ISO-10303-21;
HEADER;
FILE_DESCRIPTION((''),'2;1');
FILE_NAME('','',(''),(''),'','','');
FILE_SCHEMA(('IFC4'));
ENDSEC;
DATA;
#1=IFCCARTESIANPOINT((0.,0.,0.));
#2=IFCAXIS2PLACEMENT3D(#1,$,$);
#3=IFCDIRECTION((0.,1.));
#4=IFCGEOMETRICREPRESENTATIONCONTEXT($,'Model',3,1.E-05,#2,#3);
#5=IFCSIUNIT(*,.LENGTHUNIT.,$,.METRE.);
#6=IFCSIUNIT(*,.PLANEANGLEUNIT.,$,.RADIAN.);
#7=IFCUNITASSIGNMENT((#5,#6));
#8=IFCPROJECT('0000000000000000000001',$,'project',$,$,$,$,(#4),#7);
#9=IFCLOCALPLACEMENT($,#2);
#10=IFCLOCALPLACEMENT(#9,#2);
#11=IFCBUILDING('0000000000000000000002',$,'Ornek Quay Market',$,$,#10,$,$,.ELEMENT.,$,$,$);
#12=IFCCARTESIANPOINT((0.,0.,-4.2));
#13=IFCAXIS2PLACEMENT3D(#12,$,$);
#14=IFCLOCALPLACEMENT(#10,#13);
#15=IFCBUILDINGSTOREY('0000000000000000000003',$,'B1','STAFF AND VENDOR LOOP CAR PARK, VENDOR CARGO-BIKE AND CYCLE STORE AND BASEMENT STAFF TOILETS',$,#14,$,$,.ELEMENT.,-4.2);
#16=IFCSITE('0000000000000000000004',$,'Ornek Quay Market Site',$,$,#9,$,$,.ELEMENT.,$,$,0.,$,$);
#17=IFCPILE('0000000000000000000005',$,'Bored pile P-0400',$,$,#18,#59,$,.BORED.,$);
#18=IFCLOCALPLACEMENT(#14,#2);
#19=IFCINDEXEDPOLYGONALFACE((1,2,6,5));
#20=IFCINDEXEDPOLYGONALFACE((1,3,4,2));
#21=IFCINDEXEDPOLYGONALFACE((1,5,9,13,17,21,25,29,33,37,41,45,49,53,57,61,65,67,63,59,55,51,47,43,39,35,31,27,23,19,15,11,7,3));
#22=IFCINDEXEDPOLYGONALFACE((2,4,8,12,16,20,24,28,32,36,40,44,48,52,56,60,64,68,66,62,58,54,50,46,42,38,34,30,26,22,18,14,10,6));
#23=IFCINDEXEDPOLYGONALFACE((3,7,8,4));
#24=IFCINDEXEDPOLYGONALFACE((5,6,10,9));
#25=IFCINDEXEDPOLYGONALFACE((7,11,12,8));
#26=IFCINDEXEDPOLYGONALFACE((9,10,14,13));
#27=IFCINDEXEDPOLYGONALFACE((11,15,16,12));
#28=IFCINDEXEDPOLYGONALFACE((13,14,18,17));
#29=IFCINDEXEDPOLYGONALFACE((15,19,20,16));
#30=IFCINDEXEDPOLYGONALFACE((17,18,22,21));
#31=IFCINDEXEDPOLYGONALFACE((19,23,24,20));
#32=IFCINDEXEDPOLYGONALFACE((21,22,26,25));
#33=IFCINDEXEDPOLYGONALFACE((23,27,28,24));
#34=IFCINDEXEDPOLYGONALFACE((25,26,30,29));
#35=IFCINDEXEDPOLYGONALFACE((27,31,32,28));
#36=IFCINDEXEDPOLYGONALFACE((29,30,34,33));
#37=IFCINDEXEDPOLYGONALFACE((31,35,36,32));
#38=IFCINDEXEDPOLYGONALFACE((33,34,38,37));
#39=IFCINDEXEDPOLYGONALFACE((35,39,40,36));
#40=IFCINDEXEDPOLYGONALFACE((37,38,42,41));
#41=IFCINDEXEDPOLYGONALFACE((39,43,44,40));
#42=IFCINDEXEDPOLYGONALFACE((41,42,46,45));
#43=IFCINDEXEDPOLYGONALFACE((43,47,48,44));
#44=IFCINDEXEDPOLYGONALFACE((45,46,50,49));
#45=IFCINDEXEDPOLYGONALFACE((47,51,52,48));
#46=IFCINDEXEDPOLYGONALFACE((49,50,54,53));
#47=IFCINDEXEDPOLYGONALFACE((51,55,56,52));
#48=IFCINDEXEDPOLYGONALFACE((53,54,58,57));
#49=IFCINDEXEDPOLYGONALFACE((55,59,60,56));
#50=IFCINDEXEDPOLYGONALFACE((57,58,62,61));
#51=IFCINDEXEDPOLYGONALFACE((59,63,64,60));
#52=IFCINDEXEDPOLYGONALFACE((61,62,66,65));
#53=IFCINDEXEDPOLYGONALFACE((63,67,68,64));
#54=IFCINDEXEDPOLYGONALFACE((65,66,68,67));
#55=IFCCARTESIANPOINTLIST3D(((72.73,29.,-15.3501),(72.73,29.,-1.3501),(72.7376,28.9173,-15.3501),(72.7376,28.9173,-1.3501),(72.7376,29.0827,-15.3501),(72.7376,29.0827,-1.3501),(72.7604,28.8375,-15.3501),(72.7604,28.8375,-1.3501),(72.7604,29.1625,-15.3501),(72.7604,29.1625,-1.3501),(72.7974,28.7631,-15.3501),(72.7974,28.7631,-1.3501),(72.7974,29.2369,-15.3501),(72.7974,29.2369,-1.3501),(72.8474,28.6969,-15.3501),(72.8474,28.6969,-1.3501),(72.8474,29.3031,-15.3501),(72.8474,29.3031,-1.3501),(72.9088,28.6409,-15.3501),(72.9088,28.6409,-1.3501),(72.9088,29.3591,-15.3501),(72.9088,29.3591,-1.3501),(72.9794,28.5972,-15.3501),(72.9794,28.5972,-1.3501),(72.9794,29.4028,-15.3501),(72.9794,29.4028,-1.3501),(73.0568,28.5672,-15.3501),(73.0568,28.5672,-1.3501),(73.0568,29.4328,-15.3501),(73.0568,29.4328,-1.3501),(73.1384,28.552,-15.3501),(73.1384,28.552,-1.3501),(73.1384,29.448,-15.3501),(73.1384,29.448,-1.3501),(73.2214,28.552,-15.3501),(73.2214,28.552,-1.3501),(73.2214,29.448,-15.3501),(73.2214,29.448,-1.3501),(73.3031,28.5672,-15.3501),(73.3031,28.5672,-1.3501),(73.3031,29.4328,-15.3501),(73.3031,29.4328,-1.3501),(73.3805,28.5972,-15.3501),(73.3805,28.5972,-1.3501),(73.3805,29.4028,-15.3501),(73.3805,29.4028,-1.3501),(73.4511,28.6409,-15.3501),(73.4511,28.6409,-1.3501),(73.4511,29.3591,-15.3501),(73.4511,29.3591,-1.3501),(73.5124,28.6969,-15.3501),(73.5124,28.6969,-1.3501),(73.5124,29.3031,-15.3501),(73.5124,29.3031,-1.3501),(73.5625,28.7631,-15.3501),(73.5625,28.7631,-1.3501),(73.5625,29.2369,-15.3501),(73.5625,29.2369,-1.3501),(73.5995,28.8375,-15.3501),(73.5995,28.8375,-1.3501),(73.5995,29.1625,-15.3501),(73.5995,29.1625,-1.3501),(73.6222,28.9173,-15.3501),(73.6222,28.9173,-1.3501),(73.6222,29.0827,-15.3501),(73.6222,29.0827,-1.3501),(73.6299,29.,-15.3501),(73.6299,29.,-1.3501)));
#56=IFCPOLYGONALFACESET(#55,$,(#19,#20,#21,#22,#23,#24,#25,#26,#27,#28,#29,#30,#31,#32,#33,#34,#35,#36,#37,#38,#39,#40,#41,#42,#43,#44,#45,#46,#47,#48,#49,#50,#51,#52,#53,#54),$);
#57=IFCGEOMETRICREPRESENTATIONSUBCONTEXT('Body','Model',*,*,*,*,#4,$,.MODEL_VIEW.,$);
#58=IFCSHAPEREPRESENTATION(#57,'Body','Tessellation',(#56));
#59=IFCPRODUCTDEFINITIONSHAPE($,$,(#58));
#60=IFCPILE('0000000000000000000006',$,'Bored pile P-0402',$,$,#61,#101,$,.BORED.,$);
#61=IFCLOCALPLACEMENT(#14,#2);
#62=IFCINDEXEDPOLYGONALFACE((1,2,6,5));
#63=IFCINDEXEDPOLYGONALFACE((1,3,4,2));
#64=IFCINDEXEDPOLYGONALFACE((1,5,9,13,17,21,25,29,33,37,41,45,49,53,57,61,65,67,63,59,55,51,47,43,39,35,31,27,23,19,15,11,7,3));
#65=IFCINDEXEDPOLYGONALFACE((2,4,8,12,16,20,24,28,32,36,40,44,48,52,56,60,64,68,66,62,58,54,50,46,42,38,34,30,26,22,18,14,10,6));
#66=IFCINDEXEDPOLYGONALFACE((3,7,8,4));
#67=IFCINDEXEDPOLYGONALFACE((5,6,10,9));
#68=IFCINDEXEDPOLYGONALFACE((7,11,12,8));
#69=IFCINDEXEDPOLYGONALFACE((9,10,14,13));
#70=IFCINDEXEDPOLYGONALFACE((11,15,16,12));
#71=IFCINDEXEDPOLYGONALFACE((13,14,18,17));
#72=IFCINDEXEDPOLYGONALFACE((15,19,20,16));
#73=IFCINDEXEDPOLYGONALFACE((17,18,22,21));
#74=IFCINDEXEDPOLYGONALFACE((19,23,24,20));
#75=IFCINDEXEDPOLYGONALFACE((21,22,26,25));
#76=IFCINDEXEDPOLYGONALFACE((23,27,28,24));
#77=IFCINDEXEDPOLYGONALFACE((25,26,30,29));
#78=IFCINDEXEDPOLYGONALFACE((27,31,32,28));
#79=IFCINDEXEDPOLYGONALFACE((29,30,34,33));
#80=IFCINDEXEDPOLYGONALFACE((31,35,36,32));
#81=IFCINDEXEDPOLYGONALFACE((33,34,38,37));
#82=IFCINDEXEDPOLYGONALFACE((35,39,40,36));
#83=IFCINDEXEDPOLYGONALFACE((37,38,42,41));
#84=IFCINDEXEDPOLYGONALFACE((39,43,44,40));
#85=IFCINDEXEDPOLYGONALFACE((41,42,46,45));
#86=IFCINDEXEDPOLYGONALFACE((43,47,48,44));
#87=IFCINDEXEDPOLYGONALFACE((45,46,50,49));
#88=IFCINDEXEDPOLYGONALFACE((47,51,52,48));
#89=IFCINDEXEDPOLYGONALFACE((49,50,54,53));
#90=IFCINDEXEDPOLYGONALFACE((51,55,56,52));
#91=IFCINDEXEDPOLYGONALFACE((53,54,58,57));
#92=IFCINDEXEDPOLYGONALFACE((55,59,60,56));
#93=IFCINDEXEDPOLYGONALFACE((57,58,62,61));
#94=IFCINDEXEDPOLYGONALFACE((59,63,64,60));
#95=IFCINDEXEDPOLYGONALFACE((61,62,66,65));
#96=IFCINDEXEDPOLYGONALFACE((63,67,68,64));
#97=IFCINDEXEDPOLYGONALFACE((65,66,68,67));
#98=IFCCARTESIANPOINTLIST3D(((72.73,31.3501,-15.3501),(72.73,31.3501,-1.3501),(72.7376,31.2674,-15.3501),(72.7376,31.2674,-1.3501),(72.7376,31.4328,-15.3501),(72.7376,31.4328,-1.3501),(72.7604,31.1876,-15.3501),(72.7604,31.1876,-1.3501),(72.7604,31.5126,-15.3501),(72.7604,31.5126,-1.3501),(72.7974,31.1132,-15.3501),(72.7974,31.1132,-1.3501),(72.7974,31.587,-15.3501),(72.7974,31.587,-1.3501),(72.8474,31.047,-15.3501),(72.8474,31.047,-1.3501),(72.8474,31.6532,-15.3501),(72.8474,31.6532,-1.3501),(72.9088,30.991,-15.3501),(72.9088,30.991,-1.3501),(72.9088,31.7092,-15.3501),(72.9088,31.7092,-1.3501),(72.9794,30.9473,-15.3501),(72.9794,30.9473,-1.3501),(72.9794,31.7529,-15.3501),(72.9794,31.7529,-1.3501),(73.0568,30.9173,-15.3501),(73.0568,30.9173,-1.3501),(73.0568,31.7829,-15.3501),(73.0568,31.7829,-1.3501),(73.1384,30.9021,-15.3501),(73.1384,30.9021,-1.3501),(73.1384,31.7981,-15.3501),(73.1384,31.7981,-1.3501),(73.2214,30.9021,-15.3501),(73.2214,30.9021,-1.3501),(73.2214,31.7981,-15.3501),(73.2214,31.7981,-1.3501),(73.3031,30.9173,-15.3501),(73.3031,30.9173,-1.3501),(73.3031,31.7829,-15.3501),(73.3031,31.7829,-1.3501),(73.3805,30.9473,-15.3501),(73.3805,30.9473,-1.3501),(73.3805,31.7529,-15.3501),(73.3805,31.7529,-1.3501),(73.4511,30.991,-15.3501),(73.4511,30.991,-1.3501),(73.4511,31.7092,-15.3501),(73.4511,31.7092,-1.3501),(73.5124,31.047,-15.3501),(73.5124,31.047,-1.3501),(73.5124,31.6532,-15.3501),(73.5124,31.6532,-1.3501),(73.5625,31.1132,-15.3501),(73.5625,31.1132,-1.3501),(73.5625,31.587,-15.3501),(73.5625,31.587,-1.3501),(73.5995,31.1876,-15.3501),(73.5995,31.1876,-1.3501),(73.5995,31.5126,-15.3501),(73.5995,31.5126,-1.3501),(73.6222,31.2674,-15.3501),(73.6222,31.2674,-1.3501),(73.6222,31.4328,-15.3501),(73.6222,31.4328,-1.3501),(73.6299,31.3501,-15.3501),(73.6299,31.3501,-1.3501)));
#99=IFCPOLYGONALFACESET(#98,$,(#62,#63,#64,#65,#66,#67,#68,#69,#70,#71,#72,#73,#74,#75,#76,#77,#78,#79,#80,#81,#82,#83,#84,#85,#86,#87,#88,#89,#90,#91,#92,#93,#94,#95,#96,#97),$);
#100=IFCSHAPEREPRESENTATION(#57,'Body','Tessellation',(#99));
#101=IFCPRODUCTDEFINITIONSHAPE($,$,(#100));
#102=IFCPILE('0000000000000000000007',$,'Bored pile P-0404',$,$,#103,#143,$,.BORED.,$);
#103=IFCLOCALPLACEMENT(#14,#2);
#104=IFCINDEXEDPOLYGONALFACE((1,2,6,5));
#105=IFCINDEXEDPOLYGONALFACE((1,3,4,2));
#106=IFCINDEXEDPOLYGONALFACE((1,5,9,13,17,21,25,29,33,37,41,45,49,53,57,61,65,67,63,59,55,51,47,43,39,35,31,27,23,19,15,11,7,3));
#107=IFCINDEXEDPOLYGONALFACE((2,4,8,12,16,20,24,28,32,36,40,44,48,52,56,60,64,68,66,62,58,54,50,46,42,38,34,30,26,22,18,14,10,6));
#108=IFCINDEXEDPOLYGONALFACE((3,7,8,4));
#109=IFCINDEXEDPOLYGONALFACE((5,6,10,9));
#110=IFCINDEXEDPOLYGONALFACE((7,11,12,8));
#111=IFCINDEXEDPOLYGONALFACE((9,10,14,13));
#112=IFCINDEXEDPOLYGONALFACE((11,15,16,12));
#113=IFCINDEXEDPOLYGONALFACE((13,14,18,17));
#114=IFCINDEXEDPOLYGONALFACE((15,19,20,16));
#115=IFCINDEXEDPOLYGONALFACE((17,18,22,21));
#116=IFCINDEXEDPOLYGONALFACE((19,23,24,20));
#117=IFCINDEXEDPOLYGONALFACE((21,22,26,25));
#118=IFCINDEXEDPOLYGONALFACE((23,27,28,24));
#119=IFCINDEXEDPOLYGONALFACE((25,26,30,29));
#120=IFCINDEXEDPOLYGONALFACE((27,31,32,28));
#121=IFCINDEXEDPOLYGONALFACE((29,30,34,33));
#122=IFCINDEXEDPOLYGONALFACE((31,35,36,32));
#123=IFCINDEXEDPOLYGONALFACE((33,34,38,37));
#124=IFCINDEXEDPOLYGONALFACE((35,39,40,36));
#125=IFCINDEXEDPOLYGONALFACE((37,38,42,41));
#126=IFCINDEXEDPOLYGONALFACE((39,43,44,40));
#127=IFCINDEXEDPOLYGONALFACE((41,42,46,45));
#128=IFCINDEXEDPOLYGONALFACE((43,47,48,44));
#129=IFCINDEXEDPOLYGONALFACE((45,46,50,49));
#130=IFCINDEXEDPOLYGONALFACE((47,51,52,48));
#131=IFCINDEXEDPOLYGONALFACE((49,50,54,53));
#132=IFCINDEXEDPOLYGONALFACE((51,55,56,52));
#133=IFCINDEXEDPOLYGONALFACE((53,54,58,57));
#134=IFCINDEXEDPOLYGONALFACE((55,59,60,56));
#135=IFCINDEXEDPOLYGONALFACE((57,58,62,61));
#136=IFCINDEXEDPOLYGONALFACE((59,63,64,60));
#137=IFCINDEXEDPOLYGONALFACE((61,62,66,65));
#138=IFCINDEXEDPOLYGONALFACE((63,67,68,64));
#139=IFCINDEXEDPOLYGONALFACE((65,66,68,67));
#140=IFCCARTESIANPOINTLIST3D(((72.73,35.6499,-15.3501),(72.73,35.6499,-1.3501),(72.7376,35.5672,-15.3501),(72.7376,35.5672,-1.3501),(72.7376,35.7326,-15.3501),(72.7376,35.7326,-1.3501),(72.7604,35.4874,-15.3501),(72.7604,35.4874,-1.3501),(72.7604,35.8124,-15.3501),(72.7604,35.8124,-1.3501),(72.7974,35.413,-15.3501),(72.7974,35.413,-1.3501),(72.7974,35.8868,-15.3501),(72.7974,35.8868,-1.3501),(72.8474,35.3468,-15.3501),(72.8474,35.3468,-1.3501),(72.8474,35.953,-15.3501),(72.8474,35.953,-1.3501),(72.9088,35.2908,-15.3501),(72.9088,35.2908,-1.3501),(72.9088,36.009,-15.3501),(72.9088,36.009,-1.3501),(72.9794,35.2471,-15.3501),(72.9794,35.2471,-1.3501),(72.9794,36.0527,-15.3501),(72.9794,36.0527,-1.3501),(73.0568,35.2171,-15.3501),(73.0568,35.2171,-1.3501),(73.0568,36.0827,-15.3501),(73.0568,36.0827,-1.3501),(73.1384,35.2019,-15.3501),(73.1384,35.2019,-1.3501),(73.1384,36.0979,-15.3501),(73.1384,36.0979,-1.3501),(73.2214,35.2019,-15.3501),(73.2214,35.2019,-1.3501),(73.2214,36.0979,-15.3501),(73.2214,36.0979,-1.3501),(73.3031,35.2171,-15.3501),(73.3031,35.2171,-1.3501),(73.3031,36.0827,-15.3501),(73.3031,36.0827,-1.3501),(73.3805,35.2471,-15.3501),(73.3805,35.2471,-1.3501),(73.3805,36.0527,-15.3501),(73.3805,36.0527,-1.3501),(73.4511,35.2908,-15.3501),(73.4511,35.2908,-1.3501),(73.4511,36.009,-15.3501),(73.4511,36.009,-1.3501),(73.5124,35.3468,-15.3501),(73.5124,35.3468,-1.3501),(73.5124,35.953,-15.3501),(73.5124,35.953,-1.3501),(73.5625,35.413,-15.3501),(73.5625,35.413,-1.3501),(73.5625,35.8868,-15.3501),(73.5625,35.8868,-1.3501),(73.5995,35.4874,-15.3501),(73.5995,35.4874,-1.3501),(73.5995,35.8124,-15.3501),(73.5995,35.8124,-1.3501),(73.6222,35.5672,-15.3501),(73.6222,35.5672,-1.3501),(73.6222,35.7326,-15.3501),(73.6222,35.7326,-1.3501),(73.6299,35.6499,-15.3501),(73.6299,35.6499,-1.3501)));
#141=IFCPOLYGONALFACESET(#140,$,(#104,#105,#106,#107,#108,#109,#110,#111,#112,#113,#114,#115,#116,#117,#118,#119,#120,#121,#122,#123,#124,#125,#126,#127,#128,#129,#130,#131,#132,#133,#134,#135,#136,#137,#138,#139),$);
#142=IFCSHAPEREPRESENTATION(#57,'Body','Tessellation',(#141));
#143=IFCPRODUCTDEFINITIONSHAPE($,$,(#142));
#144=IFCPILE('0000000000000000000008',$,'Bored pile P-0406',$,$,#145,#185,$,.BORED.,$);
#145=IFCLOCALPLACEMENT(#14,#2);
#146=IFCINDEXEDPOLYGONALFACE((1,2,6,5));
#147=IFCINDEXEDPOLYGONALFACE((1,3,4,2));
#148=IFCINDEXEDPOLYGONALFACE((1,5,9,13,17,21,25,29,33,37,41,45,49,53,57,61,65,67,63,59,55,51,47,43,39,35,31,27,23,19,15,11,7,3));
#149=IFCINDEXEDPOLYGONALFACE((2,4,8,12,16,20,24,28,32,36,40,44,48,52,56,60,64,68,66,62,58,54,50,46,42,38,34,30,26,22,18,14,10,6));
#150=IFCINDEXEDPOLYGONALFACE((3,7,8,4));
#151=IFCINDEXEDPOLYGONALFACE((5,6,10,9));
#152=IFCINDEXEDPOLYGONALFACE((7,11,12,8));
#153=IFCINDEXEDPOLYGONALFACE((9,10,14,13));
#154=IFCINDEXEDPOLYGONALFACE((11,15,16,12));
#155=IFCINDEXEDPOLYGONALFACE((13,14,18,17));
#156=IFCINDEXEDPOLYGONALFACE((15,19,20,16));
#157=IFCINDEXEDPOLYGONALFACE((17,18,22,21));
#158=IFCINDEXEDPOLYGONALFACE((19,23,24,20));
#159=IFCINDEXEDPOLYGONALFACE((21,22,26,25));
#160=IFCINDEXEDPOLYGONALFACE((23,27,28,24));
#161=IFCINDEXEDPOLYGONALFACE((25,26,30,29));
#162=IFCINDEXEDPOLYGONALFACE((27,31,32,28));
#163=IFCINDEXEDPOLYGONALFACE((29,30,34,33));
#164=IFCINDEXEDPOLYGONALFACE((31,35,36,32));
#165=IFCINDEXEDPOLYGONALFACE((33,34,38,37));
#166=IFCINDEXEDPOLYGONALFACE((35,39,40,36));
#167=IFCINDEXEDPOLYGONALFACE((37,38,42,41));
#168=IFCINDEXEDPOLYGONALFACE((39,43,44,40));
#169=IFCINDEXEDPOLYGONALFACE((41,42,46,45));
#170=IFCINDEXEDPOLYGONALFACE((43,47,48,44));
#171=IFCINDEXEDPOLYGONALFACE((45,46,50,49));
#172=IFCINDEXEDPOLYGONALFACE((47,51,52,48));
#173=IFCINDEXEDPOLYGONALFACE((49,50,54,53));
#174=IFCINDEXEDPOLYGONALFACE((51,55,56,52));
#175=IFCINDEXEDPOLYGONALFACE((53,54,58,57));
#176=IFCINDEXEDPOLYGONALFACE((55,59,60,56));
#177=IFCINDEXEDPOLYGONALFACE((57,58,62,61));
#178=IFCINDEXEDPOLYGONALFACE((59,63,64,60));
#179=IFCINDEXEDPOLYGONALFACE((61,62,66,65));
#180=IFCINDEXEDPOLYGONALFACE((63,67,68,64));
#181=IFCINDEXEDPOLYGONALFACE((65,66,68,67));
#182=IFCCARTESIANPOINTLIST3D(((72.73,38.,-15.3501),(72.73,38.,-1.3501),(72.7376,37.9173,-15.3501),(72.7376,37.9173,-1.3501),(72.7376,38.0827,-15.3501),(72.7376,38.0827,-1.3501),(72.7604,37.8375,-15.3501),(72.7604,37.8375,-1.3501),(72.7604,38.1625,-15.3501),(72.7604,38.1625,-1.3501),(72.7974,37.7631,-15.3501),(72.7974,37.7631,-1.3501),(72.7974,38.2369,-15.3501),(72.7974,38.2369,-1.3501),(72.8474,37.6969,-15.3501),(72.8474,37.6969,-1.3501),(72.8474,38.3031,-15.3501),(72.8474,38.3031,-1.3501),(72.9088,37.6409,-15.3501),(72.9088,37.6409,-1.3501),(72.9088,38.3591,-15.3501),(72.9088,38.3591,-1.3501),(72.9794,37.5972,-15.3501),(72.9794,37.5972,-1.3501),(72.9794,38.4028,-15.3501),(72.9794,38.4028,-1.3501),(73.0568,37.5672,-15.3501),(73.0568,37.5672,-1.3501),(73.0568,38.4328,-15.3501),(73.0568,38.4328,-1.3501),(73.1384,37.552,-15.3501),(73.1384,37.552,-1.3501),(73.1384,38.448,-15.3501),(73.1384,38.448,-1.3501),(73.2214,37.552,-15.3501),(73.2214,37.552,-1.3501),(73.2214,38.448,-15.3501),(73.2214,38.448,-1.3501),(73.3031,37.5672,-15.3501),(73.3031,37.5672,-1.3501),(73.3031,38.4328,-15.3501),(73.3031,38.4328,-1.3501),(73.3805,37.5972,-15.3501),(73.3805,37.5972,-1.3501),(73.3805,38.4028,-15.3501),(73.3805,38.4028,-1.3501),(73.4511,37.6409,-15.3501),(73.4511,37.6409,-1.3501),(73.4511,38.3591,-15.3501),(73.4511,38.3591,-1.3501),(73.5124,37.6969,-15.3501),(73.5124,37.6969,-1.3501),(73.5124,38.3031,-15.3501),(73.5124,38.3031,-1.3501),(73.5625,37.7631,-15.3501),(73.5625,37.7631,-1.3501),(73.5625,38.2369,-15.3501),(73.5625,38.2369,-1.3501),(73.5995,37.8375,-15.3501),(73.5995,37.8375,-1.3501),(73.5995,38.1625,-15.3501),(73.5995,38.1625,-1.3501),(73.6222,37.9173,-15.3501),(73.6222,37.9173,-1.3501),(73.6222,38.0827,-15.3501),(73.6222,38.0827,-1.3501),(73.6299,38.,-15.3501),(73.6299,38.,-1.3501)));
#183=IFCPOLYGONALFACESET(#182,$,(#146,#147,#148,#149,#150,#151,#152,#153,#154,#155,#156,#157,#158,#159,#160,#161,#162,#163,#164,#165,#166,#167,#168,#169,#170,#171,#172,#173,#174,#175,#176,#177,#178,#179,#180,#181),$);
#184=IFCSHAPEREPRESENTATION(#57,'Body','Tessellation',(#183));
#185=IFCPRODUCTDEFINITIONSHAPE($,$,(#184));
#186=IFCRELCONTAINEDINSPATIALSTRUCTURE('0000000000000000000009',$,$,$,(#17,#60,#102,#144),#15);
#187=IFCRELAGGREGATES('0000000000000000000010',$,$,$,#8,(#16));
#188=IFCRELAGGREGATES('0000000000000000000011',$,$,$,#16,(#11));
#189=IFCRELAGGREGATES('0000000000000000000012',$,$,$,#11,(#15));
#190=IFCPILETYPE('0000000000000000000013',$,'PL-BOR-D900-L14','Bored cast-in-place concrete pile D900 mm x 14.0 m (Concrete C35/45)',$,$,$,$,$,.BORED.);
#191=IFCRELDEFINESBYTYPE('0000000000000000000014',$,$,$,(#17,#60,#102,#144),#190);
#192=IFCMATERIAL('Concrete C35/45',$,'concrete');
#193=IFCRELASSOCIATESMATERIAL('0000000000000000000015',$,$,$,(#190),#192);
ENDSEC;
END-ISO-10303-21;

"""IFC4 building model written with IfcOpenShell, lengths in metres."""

from ifc_helpers import new_model, si_unit, direction, frame, origin, origin_2d, place, context, subcontext, project, spatial, circle, extrude, material, material_profile, profile_set, type_object, element, save


model = new_model("IFC4")

# Units and contexts
model_context = context("Model", 3, precision=1e-05, world=origin(), true_north=direction((0.0, 1.0)))
body_context = subcontext(model_context, "Body", "Model", "MODEL_VIEW")
ifc_project = project(units=[si_unit("LENGTHUNIT", "METRE"), si_unit("PLANEANGLEUNIT", "RADIAN")], contexts=[model_context])

# Site, building, storey
site_placement = place(None, origin())
site = spatial("IfcSite", under=ifc_project, at=site_placement, Name="Ornek Quay Market Site", CompositionType="ELEMENT", RefElevation=0.0)
building_placement = place(site_placement, origin())
building = spatial("IfcBuilding", under=site, at=building_placement, Name="Ornek Quay Market", CompositionType="ELEMENT")
storey_placement = place(building_placement, frame((0.0, 0.0, -4.2)))
storey = spatial("IfcBuildingStorey", under=building, at=storey_placement, Name="B1", Description="STAFF AND VENDOR LOOP CAR PARK, VENDOR CARGO-BIKE AND CYCLE STORE AND BASEMENT STAFF TOILETS", CompositionType="ELEMENT", Elevation=-4.2)

# Piles
ifc_material_1 = material(Name="Concrete C35/45", Category="concrete")
ifc_material_profile_1 = material_profile(ifc_material_1, circle(Radius=0.45, at=origin_2d()), Name="PILE D900", Category="concrete")
ifc_profile_set_1 = profile_set([ifc_material_profile_1], Name="Concrete C35/45")
pile_type = type_object("IfcPileType", Name="PL-BOR-D900-L14", Description="Bored cast-in-place concrete pile D900 mm x 14.0 m (Concrete C35/45)", PredefinedType="BORED", material=ifc_profile_set_1)
for number, where, z_axis, x_axis, name in (
    (1, (73.1799, 29.0, -1.3501), (0.0, 0.0, -1.0), (1.0, 0.0, 0.0), "Bored pile P-0400"),
    (2, (73.1799, 31.3501, -1.3501), (0.0, 0.0, -1.0), (1.0, 0.0, 0.0), "Bored pile P-0402"),
    (3, (73.1799, 35.6499, -1.3501), (0.0, 0.0, -1.0), (1.0, 0.0, 0.0), "Bored pile P-0404"),
    (4, (73.1799, 38.0, -1.3501), (0.0, 0.0, -1.0), (1.0, 0.0, 0.0), "Bored pile P-0406"),
):
    element("IfcPile", number, at=place(storey_placement, frame(where, z_axis=z_axis, x_axis=x_axis)), inside=storey, type_object=pile_type, Name=name, PredefinedType="BORED", context=body_context, shape_type="SweptSolid", body=[
        extrude(circle(Radius=0.45, at=origin_2d()), origin(), (0.0, 0.0, 1.0), 14.0),
    ])

save(model, "model.ifc")
